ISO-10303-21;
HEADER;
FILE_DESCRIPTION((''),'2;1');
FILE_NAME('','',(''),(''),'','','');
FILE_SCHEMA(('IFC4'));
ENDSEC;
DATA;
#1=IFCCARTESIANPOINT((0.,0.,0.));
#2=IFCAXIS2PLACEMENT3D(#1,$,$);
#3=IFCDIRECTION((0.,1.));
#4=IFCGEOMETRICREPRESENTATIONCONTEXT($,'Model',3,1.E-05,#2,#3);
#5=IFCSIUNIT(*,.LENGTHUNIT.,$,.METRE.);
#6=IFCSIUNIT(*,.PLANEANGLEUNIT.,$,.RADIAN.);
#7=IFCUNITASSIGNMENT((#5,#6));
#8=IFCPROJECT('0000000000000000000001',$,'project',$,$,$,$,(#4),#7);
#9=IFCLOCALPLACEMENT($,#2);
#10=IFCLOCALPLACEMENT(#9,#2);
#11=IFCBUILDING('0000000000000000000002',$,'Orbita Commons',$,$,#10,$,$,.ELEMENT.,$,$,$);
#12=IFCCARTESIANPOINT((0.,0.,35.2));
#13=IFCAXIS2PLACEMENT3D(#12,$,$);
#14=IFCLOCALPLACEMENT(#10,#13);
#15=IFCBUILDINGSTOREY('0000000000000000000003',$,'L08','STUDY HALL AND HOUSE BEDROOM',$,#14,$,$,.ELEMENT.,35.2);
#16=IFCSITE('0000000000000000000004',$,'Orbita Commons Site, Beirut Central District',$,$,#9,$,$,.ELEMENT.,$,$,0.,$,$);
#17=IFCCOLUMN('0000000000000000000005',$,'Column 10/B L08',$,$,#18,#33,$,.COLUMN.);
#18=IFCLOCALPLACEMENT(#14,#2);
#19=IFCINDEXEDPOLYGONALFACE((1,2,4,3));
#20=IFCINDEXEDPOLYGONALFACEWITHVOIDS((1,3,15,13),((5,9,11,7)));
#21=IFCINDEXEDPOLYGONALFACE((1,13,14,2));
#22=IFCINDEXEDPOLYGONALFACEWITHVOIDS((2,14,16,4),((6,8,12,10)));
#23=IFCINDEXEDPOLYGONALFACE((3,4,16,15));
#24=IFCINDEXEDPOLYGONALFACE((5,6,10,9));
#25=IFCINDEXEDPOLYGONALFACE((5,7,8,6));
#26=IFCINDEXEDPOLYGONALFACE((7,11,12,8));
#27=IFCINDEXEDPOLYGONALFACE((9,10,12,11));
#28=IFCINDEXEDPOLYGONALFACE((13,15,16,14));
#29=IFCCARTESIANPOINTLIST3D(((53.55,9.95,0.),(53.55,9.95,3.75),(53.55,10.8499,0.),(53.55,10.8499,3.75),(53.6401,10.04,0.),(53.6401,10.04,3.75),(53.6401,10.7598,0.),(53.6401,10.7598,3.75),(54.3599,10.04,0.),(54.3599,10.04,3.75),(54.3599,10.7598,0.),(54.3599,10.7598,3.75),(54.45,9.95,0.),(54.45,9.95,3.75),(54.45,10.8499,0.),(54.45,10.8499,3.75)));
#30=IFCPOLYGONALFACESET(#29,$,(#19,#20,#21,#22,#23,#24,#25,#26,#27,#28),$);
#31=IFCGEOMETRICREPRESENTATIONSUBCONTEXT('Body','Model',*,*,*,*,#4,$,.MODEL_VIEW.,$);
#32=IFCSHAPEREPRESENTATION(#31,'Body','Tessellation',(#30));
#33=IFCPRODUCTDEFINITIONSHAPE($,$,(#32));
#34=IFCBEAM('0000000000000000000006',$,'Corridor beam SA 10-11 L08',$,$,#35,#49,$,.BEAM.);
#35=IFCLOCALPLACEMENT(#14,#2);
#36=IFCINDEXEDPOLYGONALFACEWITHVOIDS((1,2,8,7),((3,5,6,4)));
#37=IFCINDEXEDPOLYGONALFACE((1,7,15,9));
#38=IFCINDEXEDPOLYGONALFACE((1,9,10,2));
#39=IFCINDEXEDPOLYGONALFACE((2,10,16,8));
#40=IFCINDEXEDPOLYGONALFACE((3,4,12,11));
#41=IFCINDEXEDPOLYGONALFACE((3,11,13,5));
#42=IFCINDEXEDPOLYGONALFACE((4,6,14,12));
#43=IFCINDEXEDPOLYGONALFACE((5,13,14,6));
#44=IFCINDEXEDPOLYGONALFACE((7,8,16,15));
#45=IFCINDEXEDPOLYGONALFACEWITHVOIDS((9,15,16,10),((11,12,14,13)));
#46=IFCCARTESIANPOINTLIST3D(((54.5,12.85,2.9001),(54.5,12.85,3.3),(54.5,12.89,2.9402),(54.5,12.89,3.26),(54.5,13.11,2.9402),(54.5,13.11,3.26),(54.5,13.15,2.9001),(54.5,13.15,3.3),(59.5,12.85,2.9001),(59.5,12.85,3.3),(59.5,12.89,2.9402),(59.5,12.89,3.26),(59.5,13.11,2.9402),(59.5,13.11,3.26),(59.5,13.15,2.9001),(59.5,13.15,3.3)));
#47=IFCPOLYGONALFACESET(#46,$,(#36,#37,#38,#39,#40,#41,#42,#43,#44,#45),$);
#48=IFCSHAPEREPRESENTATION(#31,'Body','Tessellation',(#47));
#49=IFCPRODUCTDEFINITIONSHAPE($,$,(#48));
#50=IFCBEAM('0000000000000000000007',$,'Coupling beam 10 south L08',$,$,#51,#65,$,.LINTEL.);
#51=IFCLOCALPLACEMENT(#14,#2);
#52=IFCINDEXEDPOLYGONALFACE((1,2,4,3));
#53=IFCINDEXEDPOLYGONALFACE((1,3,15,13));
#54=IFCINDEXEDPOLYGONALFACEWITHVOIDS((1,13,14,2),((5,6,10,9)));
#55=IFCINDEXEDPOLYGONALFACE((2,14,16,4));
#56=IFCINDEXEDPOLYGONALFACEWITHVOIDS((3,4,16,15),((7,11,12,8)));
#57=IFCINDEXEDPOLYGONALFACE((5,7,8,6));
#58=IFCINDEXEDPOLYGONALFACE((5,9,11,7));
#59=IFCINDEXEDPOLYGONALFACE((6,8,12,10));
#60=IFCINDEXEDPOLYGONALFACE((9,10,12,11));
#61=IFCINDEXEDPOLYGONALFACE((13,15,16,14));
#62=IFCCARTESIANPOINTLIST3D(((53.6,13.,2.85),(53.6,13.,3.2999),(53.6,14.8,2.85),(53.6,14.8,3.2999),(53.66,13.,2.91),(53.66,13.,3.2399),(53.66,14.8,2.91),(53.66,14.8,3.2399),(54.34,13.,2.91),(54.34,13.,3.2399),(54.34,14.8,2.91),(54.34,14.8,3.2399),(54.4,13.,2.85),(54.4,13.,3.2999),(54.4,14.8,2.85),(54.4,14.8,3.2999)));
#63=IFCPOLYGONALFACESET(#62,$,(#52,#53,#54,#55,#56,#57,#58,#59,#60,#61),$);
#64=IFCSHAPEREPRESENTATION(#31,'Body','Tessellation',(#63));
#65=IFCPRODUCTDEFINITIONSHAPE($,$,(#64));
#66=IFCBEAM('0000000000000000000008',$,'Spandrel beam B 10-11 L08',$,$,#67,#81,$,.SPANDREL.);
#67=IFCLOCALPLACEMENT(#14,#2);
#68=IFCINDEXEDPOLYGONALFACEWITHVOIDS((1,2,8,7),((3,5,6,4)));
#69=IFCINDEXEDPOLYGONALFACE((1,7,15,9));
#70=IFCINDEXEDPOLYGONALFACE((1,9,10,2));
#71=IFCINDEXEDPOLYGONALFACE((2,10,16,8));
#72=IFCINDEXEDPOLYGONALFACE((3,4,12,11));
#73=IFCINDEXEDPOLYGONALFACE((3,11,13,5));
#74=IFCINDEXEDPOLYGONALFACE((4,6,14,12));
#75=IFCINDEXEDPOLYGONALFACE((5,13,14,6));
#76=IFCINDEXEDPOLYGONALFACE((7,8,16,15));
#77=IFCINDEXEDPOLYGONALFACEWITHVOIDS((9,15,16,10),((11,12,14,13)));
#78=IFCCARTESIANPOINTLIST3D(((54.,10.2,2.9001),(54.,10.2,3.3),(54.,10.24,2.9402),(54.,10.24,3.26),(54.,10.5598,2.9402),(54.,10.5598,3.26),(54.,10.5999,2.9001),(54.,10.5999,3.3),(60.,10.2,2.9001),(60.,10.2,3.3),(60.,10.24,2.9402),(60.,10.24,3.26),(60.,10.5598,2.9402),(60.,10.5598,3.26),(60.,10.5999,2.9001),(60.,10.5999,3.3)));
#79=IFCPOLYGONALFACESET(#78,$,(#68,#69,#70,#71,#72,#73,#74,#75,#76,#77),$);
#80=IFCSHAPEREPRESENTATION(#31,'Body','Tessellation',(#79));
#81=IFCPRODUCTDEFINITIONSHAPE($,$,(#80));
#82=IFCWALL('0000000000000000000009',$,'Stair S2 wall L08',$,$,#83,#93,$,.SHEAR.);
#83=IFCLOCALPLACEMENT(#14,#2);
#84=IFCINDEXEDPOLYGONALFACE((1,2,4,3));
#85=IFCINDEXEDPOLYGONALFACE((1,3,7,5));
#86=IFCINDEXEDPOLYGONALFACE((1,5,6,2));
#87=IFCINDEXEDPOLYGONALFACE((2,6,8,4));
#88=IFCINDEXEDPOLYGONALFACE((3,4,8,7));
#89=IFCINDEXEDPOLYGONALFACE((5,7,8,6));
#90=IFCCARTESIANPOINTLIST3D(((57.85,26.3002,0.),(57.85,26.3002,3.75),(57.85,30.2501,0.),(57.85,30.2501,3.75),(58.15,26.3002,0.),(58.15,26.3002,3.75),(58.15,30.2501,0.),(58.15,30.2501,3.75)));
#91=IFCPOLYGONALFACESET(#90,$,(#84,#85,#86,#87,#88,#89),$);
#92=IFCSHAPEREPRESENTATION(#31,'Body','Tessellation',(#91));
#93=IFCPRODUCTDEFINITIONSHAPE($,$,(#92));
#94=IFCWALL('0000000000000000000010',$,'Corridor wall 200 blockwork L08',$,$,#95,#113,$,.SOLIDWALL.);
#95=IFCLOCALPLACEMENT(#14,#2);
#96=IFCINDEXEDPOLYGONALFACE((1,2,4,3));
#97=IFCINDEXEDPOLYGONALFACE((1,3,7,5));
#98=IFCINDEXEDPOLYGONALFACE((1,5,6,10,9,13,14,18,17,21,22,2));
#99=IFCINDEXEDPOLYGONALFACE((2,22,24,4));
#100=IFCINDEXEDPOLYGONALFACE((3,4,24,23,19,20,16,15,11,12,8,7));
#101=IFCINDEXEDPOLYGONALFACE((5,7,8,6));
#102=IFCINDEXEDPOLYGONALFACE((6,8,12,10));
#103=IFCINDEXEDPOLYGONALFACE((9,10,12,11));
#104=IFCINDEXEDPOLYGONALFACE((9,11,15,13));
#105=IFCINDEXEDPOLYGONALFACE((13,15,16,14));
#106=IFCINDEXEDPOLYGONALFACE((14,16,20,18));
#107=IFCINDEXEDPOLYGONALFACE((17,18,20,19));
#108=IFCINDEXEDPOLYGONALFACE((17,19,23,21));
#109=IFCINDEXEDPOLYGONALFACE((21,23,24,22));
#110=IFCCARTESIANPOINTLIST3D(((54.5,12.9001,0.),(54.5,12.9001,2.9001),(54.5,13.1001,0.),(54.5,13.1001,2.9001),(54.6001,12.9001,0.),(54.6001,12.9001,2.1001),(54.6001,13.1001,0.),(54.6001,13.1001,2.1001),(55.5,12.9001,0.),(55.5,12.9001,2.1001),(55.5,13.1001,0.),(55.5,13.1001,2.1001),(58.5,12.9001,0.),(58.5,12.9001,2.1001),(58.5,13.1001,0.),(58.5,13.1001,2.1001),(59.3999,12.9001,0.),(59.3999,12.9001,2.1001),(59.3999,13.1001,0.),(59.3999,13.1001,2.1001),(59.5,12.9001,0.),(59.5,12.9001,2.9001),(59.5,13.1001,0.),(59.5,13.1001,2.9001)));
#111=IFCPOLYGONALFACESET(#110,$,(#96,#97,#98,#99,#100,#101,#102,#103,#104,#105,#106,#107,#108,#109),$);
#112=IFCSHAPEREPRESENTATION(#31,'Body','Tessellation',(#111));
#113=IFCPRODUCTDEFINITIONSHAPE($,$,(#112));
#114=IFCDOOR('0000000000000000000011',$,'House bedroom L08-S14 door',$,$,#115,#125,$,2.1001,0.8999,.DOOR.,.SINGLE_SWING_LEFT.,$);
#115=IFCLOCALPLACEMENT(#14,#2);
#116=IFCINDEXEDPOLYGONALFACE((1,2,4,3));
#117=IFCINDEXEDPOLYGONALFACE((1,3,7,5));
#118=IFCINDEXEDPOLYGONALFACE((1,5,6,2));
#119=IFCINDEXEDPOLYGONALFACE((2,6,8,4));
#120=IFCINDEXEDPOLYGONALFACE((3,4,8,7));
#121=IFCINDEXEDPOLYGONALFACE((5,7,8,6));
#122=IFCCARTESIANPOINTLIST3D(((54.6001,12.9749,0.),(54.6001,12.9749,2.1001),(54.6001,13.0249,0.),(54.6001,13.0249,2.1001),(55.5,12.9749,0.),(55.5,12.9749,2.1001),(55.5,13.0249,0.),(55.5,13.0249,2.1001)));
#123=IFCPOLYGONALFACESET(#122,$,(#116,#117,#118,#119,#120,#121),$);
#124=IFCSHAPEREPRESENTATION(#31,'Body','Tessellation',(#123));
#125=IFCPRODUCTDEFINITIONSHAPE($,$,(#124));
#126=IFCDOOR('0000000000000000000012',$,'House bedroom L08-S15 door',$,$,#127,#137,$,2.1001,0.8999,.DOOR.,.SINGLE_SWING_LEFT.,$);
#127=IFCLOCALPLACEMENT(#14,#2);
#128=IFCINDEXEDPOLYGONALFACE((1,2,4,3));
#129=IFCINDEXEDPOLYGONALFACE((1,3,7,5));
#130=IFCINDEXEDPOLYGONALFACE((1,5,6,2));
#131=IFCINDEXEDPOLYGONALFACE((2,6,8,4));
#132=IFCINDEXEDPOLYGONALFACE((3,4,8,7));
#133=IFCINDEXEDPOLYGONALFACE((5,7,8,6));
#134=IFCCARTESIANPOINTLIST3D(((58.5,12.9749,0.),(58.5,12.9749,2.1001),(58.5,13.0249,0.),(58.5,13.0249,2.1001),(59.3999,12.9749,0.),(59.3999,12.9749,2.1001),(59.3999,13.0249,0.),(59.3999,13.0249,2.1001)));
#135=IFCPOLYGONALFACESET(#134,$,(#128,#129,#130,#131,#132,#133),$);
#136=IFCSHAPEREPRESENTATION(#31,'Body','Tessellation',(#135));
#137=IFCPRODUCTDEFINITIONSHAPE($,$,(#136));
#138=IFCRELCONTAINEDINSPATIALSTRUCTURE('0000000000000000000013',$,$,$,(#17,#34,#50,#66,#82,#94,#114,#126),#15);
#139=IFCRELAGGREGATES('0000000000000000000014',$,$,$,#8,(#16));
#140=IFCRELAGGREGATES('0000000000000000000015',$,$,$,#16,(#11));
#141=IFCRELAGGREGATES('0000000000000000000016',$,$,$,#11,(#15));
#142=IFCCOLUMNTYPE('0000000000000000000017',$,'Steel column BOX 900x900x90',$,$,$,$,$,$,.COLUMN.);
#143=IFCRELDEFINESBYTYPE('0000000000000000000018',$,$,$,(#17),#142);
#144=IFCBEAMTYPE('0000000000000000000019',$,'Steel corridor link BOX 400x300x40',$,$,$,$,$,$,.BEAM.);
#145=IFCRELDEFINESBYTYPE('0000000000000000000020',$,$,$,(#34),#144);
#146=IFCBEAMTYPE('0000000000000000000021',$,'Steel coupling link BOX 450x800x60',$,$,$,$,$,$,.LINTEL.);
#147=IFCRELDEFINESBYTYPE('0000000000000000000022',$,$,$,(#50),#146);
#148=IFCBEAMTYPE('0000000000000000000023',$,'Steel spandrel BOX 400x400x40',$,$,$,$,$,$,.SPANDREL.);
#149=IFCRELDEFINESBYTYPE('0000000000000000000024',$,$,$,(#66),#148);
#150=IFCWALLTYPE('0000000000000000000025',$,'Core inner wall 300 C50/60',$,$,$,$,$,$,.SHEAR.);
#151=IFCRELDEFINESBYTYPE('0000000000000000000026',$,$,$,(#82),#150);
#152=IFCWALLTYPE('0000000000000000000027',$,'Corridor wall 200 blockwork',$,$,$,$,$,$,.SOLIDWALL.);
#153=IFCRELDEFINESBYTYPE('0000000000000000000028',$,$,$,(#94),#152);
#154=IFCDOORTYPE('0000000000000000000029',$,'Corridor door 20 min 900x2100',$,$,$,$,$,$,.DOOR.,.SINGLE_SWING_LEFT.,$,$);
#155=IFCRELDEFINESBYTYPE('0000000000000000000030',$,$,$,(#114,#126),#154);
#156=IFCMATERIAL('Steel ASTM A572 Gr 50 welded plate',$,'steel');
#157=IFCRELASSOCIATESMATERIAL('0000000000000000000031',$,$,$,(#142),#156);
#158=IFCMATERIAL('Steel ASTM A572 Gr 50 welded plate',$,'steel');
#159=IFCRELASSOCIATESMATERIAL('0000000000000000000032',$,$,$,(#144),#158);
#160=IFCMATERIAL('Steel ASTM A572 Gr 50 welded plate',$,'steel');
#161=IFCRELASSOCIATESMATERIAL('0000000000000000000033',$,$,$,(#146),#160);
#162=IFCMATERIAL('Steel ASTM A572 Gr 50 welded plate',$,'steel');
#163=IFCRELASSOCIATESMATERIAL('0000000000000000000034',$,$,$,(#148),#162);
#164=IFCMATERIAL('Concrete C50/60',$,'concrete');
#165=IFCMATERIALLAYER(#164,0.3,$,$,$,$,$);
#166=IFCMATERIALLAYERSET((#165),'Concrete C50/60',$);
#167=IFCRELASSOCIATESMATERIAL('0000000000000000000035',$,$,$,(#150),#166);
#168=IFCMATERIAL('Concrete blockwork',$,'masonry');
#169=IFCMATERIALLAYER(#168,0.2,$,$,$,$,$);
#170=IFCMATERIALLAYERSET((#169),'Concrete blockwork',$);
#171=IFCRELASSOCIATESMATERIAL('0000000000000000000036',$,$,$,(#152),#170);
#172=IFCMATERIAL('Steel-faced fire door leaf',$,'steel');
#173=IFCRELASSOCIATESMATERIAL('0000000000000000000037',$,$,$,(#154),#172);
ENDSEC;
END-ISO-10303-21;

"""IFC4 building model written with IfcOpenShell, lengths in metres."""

from ifc_helpers import new_model, si_unit, direction, frame, frame_2d, origin, origin_2d, place, context, subcontext, project, spatial, polyline, rectangle, hollow_rectangle, outline, extrude, material, layer, layer_set, material_profile, profile_set, type_object, element, fill, save


model = new_model("IFC4")

# Units and contexts
model_context = context("Model", 3, precision=1e-05, world=origin(), true_north=direction((0.0, 1.0)))
body_context = subcontext(model_context, "Body", "Model", "MODEL_VIEW")
ifc_project = project(units=[si_unit("LENGTHUNIT", "METRE"), si_unit("PLANEANGLEUNIT", "RADIAN")], contexts=[model_context])

# Site, building, storey
site_placement = place(None, origin())
site = spatial("IfcSite", under=ifc_project, at=site_placement, Name="Orbita Commons Site, Beirut Central District", CompositionType="ELEMENT", RefElevation=0.0)
building_placement = place(site_placement, origin())
building = spatial("IfcBuilding", under=site, at=building_placement, Name="Orbita Commons", CompositionType="ELEMENT")
storey_placement = place(building_placement, frame((0.0, 0.0, 35.2)))
storey = spatial("IfcBuildingStorey", under=building, at=storey_placement, Name="L08", Description="STUDY HALL AND HOUSE BEDROOM", CompositionType="ELEMENT", Elevation=35.2)

# Column
ifc_material_1 = material(Name="Steel ASTM A572 Gr 50 welded plate", Category="steel")
ifc_material_profile_1 = material_profile(ifc_material_1, hollow_rectangle(XDim=0.8999, YDim=0.8999, WallThickness=0.0901, at=origin_2d()), Name="BOX 900x900x90")
ifc_profile_set_1 = profile_set([ifc_material_profile_1], Name="Steel ASTM A572 Gr 50 welded plate")
column_type = type_object("IfcColumnType", Name="Steel column BOX 900x900x90", PredefinedType="COLUMN", material=ifc_profile_set_1)
column_placement = place(storey_placement, frame((54.0, 10.3999, 0.0), z_axis=(0.0, 0.0, 1.0), x_axis=(1.0, 0.0, 0.0)))
element("IfcColumn", 1, at=column_placement, inside=storey, type_object=column_type, Name="Column 10/B L08", PredefinedType="COLUMN", context=body_context, shape_type="SweptSolid", body=[
    extrude(hollow_rectangle(XDim=0.8999, YDim=0.8999, WallThickness=0.0901, at=origin_2d()), origin(), (0.0, 0.0, 1.0), 3.75),
])

# Beams
ifc_material_2 = material(Name="Steel ASTM A572 Gr 50 welded plate", Category="steel")
ifc_material_profile_2 = material_profile(ifc_material_2, hollow_rectangle(XDim=0.3, YDim=0.3999, WallThickness=0.04, at=origin_2d()), Name="BOX 400x300x40")
ifc_profile_set_2 = profile_set([ifc_material_profile_2], Name="Steel ASTM A572 Gr 50 welded plate")
beam_type_1 = type_object("IfcBeamType", Name="Steel corridor link BOX 400x300x40", PredefinedType="BEAM", material=ifc_profile_set_2)
beam_1_placement = place(storey_placement, frame((54.5, 13.0, 3.1001), z_axis=(1.0, 0.0, 0.0), x_axis=(0.0, 1.0, 0.0)))
element("IfcBeam", 2, at=beam_1_placement, inside=storey, type_object=beam_type_1, Name="Corridor beam SA 10-11 L08", PredefinedType="BEAM", context=body_context, shape_type="SweptSolid", body=[
    extrude(hollow_rectangle(XDim=0.3, YDim=0.3999, WallThickness=0.04, at=origin_2d()), origin(), (0.0, 0.0, 1.0), 5.0),
])
ifc_material_3 = material(Name="Steel ASTM A572 Gr 50 welded plate", Category="steel")
ifc_material_profile_3 = material_profile(ifc_material_3, hollow_rectangle(XDim=0.8, YDim=0.45, WallThickness=0.0601, at=origin_2d()), Name="BOX 450x800x60")
ifc_profile_set_3 = profile_set([ifc_material_profile_3], Name="Steel ASTM A572 Gr 50 welded plate")
beam_type_2 = type_object("IfcBeamType", Name="Steel coupling link BOX 450x800x60", PredefinedType="LINTEL", material=ifc_profile_set_3)
beam_2_placement = place(storey_placement, frame((54.0, 13.0, 3.075), z_axis=(0.0, 1.0, 0.0), x_axis=(-1.0, 0.0, 0.0)))
element("IfcBeam", 3, at=beam_2_placement, inside=storey, type_object=beam_type_2, Name="Coupling beam 10 south L08", PredefinedType="LINTEL", context=body_context, shape_type="SweptSolid", body=[
    extrude(hollow_rectangle(XDim=0.8, YDim=0.45, WallThickness=0.0601, at=origin_2d()), origin(), (0.0, 0.0, 1.0), 1.8),
])
ifc_material_4 = material(Name="Steel ASTM A572 Gr 50 welded plate", Category="steel")
ifc_material_profile_4 = material_profile(ifc_material_4, hollow_rectangle(XDim=0.3999, YDim=0.3999, WallThickness=0.04, at=origin_2d()), Name="BOX 400x400x40")
ifc_profile_set_4 = profile_set([ifc_material_profile_4], Name="Steel ASTM A572 Gr 50 welded plate")
beam_type_3 = type_object("IfcBeamType", Name="Steel spandrel BOX 400x400x40", PredefinedType="SPANDREL", material=ifc_profile_set_4)
beam_3_placement = place(storey_placement, frame((54.0, 10.3999, 3.1001), z_axis=(1.0, 0.0, 0.0), x_axis=(0.0, 1.0, 0.0)))
element("IfcBeam", 4, at=beam_3_placement, inside=storey, type_object=beam_type_3, Name="Spandrel beam B 10-11 L08", PredefinedType="SPANDREL", context=body_context, shape_type="SweptSolid", body=[
    extrude(hollow_rectangle(XDim=0.3999, YDim=0.3999, WallThickness=0.04, at=origin_2d()), origin(), (0.0, 0.0, 1.0), 6.0),
])

# Wall
ifc_material_5 = material(Name="Concrete C50/60", Category="concrete")
ifc_layer_1 = layer(ifc_material_5, 0.3)
ifc_layer_set_1 = layer_set([ifc_layer_1], Name="Concrete C50/60")
wall_type_1 = type_object("IfcWallType", Name="Core inner wall 300 C50/60", PredefinedType="SHEAR", material=ifc_layer_set_1)
wall_1_placement = place(storey_placement, frame((58.0, 26.3, 0.0), z_axis=(0.0, 0.0, 1.0), x_axis=(0.0, 1.0, 0.0)))
element("IfcWall", 5, at=wall_1_placement, inside=storey, type_object=wall_type_1, Name="Stair S2 wall L08", PredefinedType="SHEAR", context=body_context, shape_type="SweptSolid", body=[
    extrude(rectangle(XDim=3.95, YDim=0.3, at=frame_2d((1.9751, 0.0))), origin(), (0.0, 0.0, 1.0), 3.75),
])

# Wall, openings, doors
ifc_material_6 = material(Name="Concrete blockwork", Category="masonry")
ifc_layer_2 = layer(ifc_material_6, 0.2)
ifc_layer_set_2 = layer_set([ifc_layer_2], Name="Concrete blockwork")
wall_type_2 = type_object("IfcWallType", Name="Corridor wall 200 blockwork", PredefinedType="SOLIDWALL", material=ifc_layer_set_2)
wall_2_placement = place(storey_placement, frame((54.5, 13.0, 0.0), z_axis=(0.0, 0.0, 1.0), x_axis=(1.0, 0.0, 0.0)))
wall_2 = element("IfcWall", 6, at=wall_2_placement, inside=storey, type_object=wall_type_2, Name="Corridor wall 200 blockwork L08", PredefinedType="SOLIDWALL", context=body_context, shape_type="SweptSolid", body=[
    extrude(outline(polyline([(0.0, 0.0), (5.0, 0.0), (5.0, 2.9001), (0.0, 2.9001), (0.0, 0.0)])), frame((0.0, 0.1001, 0.0), z_axis=(0.0, -1.0, 0.0), x_axis=(1.0, 0.0, 0.0)), (0.0, 0.0, 1.0), 0.2),
])
opening_1_placement = place(wall_2_placement, frame((0.1001, 0.0, 0.0)))
opening_1 = element("IfcOpeningElement", 7, at=opening_1_placement, cuts=wall_2, PredefinedType="OPENING", context=body_context, shape_type="SweptSolid", body=[
    extrude(rectangle(XDim=0.8999, YDim=2.1001, at=frame_2d((0.45, 1.05))), frame((0.0, 0.1099, 0.0), z_axis=(0.0, -1.0, 0.0), x_axis=(1.0, 0.0, 0.0)), (0.0, 0.0, 1.0), 0.22),
])
opening_2_placement = place(wall_2_placement, frame((4.0, 0.0, 0.0)))
opening_2 = element("IfcOpeningElement", 8, at=opening_2_placement, cuts=wall_2, PredefinedType="OPENING", context=body_context, shape_type="SweptSolid", body=[
    extrude(rectangle(XDim=0.8999, YDim=2.1001, at=frame_2d((0.45, 1.05))), frame((0.0, 0.1099, 0.0), z_axis=(0.0, -1.0, 0.0), x_axis=(1.0, 0.0, 0.0)), (0.0, 0.0, 1.0), 0.22),
])
ifc_material_7 = material(Name="Steel-faced fire door leaf", Category="steel")
door_type_1 = type_object("IfcDoorType", Name="Corridor door 20 min 900x2100", OperationType="SINGLE_SWING_LEFT", PredefinedType="DOOR", material=ifc_material_7)
door_1_placement = place(opening_1_placement, origin())
door_1 = element("IfcDoor", 9, at=door_1_placement, inside=storey, type_object=door_type_1, Name="House bedroom L08-S14 door", OperationType="SINGLE_SWING_LEFT", OverallHeight=2.1001, OverallWidth=0.8999, PredefinedType="DOOR", context=body_context, shape_type="SweptSolid", body=[
    extrude(rectangle(XDim=0.8999, YDim=2.1001, at=frame_2d((0.45, 1.05))), frame((0.0, 0.0249, 0.0), z_axis=(0.0, -1.0, 0.0), x_axis=(1.0, 0.0, 0.0)), (0.0, 0.0, 1.0), 0.05),
])
fill(opening_1, door_1)
door_2_placement = place(opening_2_placement, origin())
door_2 = element("IfcDoor", 10, at=door_2_placement, inside=storey, type_object=door_type_1, Name="House bedroom L08-S15 door", OperationType="SINGLE_SWING_LEFT", OverallHeight=2.1001, OverallWidth=0.8999, PredefinedType="DOOR", context=body_context, shape_type="SweptSolid", body=[
    extrude(rectangle(XDim=0.8999, YDim=2.1001, at=frame_2d((0.45, 1.05))), frame((0.0, 0.0249, 0.0), z_axis=(0.0, -1.0, 0.0), x_axis=(1.0, 0.0, 0.0)), (0.0, 0.0, 1.0), 0.05),
])
fill(opening_2, door_2)

save(model, "model.ifc")
